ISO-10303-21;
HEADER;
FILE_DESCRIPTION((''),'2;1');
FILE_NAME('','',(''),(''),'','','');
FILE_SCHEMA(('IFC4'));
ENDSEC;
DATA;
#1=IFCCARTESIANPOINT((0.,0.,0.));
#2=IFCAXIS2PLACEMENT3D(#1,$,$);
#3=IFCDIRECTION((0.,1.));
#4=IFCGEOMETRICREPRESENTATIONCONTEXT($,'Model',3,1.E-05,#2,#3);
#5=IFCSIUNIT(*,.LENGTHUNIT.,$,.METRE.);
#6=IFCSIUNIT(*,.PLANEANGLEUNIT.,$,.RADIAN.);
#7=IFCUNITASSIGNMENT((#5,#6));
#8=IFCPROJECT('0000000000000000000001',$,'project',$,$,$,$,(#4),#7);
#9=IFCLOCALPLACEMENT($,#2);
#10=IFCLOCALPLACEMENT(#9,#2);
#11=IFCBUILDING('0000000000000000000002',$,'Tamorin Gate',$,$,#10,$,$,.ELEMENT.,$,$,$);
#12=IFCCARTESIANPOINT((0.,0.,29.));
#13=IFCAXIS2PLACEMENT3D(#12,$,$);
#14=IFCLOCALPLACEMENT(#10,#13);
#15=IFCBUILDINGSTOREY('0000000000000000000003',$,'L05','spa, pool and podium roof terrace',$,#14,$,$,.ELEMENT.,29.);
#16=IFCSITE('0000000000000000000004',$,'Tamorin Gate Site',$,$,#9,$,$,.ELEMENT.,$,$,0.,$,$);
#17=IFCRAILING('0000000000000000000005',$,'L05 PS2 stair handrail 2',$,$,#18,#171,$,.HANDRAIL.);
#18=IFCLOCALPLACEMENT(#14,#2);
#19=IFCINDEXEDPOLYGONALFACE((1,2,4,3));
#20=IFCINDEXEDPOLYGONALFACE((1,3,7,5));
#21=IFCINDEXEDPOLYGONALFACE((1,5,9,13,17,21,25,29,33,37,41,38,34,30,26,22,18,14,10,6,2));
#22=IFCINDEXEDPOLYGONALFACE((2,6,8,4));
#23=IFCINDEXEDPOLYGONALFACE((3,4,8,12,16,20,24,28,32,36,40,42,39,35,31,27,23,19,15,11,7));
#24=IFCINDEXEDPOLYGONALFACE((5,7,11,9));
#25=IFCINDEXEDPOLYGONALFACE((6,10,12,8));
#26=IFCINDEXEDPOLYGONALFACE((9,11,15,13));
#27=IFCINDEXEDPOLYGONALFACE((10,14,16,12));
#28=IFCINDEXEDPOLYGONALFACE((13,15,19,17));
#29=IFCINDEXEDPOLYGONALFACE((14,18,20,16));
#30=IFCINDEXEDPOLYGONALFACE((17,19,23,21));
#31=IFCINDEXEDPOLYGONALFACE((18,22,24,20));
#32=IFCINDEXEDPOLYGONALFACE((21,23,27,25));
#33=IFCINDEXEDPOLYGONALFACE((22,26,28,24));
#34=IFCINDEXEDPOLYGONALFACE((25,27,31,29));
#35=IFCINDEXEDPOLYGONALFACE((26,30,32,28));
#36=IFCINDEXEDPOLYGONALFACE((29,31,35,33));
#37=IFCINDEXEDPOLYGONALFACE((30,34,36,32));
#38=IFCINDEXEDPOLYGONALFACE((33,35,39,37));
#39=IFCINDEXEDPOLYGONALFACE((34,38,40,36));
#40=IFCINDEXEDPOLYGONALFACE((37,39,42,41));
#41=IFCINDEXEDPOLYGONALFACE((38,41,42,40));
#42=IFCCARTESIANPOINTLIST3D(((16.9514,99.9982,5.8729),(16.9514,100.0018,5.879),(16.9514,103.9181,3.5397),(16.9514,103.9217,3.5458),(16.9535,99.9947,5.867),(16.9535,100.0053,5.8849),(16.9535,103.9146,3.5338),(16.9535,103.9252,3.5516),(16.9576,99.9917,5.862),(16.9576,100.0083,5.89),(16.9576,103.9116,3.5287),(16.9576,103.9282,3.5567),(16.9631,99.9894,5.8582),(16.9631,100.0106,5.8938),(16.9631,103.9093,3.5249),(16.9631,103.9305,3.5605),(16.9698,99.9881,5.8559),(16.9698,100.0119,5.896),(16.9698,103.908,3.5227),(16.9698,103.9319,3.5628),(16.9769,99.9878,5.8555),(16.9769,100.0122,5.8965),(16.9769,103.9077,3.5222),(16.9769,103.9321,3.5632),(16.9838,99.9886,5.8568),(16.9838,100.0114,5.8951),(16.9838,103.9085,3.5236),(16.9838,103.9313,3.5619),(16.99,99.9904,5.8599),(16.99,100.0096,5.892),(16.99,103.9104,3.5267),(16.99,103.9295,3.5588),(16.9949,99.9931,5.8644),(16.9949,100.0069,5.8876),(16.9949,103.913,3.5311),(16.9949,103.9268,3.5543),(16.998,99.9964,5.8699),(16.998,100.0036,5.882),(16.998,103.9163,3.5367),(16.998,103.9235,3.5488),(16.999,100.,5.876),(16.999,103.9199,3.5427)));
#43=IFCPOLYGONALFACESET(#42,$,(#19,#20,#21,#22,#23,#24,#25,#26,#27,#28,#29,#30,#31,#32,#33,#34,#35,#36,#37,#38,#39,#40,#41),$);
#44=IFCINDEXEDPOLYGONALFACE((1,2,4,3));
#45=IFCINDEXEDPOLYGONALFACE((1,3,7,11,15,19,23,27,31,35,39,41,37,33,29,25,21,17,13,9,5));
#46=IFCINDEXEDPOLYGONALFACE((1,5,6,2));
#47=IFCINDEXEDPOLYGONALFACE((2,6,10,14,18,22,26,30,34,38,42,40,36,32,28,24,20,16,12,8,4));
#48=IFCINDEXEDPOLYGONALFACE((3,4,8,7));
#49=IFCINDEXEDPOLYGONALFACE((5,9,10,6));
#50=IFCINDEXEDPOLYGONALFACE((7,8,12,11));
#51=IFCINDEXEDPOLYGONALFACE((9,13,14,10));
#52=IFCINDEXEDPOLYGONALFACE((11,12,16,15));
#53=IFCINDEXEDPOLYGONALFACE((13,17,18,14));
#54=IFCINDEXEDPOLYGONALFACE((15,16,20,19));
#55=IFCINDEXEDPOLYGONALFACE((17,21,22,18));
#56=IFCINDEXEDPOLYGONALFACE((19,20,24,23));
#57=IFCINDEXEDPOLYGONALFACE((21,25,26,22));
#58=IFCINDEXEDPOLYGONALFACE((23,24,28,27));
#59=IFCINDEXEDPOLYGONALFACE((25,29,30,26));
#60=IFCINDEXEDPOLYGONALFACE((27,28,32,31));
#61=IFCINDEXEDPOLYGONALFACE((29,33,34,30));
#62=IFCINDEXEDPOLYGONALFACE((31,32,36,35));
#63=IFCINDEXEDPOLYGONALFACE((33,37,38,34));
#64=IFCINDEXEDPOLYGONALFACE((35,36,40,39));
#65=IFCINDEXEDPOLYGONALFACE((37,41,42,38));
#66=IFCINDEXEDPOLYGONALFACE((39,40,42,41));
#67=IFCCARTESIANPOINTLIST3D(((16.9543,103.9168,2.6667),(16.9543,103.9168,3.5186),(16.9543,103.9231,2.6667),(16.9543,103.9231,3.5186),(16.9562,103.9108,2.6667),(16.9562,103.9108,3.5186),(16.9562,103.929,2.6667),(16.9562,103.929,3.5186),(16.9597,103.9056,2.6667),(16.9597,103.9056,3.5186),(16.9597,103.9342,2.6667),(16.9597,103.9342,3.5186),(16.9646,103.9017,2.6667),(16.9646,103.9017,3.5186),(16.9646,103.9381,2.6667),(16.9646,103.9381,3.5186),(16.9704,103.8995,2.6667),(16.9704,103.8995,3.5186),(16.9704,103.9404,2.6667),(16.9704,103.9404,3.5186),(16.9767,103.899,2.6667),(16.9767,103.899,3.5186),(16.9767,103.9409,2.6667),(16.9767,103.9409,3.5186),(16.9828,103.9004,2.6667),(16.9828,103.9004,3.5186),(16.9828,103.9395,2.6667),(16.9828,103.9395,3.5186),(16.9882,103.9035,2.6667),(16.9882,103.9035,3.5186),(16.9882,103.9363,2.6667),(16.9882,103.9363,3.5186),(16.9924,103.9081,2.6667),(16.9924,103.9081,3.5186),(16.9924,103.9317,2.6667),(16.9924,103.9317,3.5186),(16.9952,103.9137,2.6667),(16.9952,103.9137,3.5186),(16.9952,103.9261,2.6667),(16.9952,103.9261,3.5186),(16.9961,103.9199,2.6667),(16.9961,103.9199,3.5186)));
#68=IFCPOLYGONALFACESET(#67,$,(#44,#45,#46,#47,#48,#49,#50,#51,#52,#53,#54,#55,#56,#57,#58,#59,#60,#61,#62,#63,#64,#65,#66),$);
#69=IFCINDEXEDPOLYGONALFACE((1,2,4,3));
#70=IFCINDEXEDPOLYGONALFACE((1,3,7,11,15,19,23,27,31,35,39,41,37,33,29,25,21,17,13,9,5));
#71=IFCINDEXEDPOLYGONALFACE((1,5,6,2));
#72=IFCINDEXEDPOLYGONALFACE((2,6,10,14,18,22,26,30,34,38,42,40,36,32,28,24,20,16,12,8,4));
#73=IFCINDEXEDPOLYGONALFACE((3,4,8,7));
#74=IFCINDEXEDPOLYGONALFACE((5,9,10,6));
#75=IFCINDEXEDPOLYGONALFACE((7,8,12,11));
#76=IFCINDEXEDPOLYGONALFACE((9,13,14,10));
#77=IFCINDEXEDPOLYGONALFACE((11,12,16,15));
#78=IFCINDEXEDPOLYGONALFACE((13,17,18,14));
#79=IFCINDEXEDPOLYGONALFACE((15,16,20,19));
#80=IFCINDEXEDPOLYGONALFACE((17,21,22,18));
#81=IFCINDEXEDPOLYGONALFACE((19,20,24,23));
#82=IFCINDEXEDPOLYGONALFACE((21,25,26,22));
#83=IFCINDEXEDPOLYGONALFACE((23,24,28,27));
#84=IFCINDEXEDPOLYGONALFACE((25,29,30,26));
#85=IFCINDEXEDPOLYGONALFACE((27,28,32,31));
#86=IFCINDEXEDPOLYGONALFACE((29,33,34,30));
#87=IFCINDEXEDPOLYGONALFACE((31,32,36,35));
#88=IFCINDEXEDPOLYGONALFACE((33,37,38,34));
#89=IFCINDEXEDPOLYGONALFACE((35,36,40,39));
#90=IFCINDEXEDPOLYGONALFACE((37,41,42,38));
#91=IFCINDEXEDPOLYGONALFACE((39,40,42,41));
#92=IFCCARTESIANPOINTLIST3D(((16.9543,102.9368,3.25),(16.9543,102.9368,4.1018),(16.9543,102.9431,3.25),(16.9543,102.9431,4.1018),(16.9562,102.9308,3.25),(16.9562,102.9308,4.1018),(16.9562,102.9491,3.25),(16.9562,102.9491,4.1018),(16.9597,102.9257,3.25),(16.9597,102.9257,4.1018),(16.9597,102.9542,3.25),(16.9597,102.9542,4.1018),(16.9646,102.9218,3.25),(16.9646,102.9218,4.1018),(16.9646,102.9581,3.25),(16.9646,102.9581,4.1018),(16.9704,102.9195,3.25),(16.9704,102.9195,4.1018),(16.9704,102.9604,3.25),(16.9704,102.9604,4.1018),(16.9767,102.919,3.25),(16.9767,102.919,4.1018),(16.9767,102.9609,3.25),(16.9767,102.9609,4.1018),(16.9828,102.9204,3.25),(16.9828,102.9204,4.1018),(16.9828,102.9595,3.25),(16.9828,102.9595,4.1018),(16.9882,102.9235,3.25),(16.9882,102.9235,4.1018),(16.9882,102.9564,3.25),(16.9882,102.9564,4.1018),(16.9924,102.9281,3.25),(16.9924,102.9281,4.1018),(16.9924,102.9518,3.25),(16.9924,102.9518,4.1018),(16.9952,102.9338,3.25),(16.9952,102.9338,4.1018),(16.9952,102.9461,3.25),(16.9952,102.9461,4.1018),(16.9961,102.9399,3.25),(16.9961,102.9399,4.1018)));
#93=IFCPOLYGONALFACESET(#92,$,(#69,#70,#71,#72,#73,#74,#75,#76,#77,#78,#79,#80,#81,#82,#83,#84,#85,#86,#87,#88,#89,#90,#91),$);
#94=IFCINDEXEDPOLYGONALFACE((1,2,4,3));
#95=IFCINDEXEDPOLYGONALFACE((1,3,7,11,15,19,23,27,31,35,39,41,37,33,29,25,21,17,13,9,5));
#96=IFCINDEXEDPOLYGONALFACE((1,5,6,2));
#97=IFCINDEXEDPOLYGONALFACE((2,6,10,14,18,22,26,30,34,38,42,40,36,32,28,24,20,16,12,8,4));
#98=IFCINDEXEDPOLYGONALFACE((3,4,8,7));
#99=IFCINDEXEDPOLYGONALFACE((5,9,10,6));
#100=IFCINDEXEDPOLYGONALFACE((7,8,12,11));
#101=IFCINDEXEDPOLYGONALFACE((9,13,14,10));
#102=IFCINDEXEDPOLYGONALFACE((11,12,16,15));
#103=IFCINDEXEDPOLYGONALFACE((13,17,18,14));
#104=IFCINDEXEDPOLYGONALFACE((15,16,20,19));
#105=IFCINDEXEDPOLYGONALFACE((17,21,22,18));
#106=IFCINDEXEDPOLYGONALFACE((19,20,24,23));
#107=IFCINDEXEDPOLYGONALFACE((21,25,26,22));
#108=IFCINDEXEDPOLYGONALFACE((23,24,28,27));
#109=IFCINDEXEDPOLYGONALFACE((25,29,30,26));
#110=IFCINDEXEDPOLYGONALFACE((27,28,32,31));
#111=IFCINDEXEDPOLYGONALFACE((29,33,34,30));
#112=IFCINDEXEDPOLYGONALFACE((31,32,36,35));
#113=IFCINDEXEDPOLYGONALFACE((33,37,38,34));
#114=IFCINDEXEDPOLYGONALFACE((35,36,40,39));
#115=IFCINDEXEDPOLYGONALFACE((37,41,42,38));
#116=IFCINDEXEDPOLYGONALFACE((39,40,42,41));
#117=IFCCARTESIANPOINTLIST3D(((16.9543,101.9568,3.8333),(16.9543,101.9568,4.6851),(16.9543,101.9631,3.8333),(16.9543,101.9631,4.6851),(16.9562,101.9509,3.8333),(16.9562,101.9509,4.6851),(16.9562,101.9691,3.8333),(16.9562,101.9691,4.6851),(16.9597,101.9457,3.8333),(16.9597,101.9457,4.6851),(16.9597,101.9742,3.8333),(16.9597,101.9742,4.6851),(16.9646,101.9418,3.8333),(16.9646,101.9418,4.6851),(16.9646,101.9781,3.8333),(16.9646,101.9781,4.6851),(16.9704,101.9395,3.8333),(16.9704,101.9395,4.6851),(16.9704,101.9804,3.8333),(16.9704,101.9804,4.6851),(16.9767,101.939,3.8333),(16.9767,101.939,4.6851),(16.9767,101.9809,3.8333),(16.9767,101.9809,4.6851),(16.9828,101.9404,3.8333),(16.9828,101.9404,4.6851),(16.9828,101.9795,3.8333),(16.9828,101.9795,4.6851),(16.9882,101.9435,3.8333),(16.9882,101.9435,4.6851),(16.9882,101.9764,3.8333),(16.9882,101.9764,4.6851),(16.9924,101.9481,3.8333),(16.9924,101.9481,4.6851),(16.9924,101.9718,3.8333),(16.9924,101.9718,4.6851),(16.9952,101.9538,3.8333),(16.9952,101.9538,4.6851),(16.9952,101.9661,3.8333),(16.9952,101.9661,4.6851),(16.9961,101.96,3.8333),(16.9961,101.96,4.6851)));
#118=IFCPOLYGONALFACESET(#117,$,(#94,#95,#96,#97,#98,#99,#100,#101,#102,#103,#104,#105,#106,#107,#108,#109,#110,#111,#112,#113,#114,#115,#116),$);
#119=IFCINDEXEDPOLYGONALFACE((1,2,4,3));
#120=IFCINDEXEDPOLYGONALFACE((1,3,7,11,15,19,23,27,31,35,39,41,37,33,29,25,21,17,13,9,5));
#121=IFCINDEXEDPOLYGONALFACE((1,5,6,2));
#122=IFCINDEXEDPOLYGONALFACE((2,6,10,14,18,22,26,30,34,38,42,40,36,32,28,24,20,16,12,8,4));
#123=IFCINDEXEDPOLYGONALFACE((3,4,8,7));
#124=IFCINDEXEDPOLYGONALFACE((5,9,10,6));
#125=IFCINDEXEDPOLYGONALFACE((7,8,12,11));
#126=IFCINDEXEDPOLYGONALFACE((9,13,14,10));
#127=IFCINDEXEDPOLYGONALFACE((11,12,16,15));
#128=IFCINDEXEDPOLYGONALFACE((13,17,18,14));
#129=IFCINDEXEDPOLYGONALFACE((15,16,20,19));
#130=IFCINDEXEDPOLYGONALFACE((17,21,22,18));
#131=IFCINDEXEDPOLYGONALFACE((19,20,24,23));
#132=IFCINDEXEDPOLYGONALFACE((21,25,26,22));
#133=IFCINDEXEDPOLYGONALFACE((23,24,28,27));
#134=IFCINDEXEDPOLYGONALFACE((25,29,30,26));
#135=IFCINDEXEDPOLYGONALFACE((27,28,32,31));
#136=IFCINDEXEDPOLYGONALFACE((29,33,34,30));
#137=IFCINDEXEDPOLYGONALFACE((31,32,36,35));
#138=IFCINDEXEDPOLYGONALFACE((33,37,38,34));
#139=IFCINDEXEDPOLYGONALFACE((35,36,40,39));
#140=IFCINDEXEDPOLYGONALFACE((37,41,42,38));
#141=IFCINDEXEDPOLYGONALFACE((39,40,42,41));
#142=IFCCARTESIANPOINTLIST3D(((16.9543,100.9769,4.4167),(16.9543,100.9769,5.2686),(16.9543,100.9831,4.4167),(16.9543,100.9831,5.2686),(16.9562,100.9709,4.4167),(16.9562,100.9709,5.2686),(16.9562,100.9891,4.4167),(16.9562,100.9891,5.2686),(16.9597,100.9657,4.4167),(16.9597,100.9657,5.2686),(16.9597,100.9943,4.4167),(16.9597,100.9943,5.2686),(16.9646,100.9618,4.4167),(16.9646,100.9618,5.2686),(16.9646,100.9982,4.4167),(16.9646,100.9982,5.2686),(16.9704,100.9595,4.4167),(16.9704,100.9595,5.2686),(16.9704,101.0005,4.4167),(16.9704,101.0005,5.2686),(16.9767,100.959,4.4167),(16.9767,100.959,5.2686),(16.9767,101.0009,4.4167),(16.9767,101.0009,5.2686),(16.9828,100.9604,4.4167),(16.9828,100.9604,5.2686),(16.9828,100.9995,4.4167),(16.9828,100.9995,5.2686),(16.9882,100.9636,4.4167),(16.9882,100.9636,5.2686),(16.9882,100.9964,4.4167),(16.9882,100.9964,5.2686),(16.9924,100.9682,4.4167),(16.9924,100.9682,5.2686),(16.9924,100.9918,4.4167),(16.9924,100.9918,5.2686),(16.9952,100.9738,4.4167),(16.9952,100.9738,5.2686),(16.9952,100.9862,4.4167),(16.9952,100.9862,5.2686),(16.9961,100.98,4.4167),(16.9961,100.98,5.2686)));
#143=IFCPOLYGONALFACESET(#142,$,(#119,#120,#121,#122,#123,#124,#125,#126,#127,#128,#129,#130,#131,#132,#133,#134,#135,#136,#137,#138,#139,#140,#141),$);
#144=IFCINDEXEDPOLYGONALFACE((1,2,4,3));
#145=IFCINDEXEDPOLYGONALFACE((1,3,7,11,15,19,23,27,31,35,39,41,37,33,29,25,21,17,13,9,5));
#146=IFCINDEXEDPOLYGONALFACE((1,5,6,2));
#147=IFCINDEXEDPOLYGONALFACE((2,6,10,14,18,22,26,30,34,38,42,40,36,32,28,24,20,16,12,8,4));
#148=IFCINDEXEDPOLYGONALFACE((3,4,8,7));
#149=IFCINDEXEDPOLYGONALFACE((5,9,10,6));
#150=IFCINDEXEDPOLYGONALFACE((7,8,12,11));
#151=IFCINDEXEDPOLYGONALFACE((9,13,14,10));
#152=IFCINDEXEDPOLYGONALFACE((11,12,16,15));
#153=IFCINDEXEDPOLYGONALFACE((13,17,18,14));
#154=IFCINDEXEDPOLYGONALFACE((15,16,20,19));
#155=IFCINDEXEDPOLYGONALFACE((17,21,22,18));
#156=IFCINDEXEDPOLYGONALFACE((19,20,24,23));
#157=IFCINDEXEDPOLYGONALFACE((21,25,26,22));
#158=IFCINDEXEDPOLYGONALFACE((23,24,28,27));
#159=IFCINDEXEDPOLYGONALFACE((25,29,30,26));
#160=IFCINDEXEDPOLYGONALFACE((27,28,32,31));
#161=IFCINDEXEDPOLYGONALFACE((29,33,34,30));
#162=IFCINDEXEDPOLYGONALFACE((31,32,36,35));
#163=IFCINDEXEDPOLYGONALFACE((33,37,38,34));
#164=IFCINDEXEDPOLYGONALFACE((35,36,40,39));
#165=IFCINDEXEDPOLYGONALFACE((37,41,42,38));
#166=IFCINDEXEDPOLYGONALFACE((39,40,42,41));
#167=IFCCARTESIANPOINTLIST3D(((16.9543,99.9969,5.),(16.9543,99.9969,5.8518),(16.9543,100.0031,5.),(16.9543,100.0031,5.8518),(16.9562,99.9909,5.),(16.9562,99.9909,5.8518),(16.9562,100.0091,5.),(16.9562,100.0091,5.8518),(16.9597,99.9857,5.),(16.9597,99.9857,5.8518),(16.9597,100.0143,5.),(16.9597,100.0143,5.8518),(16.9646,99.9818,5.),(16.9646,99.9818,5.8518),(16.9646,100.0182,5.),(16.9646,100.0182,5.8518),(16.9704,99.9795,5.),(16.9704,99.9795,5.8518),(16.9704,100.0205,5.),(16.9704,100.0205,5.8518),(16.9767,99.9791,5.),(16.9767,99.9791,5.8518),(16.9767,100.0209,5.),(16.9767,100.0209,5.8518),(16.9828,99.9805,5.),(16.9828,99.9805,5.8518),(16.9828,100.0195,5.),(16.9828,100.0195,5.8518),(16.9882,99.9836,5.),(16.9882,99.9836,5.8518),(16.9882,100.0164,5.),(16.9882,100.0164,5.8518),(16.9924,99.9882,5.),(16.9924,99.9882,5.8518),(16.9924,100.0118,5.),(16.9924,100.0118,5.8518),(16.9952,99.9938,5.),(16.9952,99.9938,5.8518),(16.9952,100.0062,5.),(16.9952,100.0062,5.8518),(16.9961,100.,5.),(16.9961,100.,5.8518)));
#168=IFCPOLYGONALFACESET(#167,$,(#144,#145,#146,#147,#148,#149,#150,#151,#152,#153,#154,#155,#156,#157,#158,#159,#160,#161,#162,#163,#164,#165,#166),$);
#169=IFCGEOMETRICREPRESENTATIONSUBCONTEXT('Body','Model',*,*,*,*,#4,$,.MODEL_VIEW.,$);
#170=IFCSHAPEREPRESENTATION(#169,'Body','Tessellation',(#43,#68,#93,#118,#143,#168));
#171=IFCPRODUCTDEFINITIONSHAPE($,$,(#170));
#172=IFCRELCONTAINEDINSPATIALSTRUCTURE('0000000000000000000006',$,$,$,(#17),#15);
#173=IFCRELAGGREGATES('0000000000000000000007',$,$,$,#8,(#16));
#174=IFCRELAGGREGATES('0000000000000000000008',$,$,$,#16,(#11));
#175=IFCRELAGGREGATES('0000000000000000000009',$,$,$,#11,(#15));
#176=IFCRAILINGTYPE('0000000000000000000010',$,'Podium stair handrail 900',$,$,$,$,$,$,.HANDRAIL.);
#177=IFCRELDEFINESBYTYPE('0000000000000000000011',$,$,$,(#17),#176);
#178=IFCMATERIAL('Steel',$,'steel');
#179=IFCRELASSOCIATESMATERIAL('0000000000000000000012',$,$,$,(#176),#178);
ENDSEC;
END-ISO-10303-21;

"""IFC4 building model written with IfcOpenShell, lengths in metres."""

from ifc_helpers import new_model, si_unit, direction, frame, origin, origin_2d, place, context, subcontext, project, spatial, circle, extrude, material, type_object, element, save


model = new_model("IFC4")

# Units and contexts
model_context = context("Model", 3, precision=1e-05, world=origin(), true_north=direction((0.0, 1.0)))
body_context = subcontext(model_context, "Body", "Model", "MODEL_VIEW")
ifc_project = project(units=[si_unit("LENGTHUNIT", "METRE"), si_unit("PLANEANGLEUNIT", "RADIAN")], contexts=[model_context])

# Site, building, storey
site_placement = place(None, origin())
site = spatial("IfcSite", under=ifc_project, at=site_placement, Name="Tamorin Gate Site", CompositionType="ELEMENT", RefElevation=0.0)
building_placement = place(site_placement, origin())
building = spatial("IfcBuilding", under=site, at=building_placement, Name="Tamorin Gate", CompositionType="ELEMENT")
storey_placement = place(building_placement, frame((0.0, 0.0, 29.0)))
storey = spatial("IfcBuildingStorey", under=building, at=storey_placement, Name="L05", Description="spa, pool and podium roof terrace", CompositionType="ELEMENT", Elevation=29.0)

# Railing
ifc_material_1 = material(Name="Steel", Category="steel")
railing_type_1 = type_object("IfcRailingType", Name="Podium stair handrail 900", PredefinedType="HANDRAIL", material=ifc_material_1)
railing_1_placement = place(storey_placement, frame((16.9751, 103.9199, 2.6667)))
element("IfcRailing", 1, at=railing_1_placement, inside=storey, type_object=railing_type_1, Name="L05 PS2 stair handrail 2", PredefinedType="HANDRAIL", context=body_context, shape_type="SweptSolid", body=[
    extrude(circle(Radius=0.0239, at=origin_2d()), frame((0.0, 0.0, 0.876), z_axis=(0.0, -0.859296, 0.511478), x_axis=(1.0, 0.0, 0.0)), (0.0, 0.0, 1.0), 4.5618),
    extrude(circle(Radius=0.021, at=origin_2d()), origin(), (0.0, 0.0, 1.0), 0.8518),
    extrude(circle(Radius=0.021, at=origin_2d()), frame((0.0, -0.98, 0.5833)), (0.0, 0.0, 1.0), 0.8518),
    extrude(circle(Radius=0.021, at=origin_2d()), frame((0.0, -1.96, 1.1665)), (0.0, 0.0, 1.0), 0.8518),
    extrude(circle(Radius=0.021, at=origin_2d()), frame((0.0, -2.9399, 1.75)), (0.0, 0.0, 1.0), 0.8518),
    extrude(circle(Radius=0.021, at=origin_2d()), frame((0.0, -3.9199, 2.3333)), (0.0, 0.0, 1.0), 0.8518),
])

save(model, "model.ifc")
